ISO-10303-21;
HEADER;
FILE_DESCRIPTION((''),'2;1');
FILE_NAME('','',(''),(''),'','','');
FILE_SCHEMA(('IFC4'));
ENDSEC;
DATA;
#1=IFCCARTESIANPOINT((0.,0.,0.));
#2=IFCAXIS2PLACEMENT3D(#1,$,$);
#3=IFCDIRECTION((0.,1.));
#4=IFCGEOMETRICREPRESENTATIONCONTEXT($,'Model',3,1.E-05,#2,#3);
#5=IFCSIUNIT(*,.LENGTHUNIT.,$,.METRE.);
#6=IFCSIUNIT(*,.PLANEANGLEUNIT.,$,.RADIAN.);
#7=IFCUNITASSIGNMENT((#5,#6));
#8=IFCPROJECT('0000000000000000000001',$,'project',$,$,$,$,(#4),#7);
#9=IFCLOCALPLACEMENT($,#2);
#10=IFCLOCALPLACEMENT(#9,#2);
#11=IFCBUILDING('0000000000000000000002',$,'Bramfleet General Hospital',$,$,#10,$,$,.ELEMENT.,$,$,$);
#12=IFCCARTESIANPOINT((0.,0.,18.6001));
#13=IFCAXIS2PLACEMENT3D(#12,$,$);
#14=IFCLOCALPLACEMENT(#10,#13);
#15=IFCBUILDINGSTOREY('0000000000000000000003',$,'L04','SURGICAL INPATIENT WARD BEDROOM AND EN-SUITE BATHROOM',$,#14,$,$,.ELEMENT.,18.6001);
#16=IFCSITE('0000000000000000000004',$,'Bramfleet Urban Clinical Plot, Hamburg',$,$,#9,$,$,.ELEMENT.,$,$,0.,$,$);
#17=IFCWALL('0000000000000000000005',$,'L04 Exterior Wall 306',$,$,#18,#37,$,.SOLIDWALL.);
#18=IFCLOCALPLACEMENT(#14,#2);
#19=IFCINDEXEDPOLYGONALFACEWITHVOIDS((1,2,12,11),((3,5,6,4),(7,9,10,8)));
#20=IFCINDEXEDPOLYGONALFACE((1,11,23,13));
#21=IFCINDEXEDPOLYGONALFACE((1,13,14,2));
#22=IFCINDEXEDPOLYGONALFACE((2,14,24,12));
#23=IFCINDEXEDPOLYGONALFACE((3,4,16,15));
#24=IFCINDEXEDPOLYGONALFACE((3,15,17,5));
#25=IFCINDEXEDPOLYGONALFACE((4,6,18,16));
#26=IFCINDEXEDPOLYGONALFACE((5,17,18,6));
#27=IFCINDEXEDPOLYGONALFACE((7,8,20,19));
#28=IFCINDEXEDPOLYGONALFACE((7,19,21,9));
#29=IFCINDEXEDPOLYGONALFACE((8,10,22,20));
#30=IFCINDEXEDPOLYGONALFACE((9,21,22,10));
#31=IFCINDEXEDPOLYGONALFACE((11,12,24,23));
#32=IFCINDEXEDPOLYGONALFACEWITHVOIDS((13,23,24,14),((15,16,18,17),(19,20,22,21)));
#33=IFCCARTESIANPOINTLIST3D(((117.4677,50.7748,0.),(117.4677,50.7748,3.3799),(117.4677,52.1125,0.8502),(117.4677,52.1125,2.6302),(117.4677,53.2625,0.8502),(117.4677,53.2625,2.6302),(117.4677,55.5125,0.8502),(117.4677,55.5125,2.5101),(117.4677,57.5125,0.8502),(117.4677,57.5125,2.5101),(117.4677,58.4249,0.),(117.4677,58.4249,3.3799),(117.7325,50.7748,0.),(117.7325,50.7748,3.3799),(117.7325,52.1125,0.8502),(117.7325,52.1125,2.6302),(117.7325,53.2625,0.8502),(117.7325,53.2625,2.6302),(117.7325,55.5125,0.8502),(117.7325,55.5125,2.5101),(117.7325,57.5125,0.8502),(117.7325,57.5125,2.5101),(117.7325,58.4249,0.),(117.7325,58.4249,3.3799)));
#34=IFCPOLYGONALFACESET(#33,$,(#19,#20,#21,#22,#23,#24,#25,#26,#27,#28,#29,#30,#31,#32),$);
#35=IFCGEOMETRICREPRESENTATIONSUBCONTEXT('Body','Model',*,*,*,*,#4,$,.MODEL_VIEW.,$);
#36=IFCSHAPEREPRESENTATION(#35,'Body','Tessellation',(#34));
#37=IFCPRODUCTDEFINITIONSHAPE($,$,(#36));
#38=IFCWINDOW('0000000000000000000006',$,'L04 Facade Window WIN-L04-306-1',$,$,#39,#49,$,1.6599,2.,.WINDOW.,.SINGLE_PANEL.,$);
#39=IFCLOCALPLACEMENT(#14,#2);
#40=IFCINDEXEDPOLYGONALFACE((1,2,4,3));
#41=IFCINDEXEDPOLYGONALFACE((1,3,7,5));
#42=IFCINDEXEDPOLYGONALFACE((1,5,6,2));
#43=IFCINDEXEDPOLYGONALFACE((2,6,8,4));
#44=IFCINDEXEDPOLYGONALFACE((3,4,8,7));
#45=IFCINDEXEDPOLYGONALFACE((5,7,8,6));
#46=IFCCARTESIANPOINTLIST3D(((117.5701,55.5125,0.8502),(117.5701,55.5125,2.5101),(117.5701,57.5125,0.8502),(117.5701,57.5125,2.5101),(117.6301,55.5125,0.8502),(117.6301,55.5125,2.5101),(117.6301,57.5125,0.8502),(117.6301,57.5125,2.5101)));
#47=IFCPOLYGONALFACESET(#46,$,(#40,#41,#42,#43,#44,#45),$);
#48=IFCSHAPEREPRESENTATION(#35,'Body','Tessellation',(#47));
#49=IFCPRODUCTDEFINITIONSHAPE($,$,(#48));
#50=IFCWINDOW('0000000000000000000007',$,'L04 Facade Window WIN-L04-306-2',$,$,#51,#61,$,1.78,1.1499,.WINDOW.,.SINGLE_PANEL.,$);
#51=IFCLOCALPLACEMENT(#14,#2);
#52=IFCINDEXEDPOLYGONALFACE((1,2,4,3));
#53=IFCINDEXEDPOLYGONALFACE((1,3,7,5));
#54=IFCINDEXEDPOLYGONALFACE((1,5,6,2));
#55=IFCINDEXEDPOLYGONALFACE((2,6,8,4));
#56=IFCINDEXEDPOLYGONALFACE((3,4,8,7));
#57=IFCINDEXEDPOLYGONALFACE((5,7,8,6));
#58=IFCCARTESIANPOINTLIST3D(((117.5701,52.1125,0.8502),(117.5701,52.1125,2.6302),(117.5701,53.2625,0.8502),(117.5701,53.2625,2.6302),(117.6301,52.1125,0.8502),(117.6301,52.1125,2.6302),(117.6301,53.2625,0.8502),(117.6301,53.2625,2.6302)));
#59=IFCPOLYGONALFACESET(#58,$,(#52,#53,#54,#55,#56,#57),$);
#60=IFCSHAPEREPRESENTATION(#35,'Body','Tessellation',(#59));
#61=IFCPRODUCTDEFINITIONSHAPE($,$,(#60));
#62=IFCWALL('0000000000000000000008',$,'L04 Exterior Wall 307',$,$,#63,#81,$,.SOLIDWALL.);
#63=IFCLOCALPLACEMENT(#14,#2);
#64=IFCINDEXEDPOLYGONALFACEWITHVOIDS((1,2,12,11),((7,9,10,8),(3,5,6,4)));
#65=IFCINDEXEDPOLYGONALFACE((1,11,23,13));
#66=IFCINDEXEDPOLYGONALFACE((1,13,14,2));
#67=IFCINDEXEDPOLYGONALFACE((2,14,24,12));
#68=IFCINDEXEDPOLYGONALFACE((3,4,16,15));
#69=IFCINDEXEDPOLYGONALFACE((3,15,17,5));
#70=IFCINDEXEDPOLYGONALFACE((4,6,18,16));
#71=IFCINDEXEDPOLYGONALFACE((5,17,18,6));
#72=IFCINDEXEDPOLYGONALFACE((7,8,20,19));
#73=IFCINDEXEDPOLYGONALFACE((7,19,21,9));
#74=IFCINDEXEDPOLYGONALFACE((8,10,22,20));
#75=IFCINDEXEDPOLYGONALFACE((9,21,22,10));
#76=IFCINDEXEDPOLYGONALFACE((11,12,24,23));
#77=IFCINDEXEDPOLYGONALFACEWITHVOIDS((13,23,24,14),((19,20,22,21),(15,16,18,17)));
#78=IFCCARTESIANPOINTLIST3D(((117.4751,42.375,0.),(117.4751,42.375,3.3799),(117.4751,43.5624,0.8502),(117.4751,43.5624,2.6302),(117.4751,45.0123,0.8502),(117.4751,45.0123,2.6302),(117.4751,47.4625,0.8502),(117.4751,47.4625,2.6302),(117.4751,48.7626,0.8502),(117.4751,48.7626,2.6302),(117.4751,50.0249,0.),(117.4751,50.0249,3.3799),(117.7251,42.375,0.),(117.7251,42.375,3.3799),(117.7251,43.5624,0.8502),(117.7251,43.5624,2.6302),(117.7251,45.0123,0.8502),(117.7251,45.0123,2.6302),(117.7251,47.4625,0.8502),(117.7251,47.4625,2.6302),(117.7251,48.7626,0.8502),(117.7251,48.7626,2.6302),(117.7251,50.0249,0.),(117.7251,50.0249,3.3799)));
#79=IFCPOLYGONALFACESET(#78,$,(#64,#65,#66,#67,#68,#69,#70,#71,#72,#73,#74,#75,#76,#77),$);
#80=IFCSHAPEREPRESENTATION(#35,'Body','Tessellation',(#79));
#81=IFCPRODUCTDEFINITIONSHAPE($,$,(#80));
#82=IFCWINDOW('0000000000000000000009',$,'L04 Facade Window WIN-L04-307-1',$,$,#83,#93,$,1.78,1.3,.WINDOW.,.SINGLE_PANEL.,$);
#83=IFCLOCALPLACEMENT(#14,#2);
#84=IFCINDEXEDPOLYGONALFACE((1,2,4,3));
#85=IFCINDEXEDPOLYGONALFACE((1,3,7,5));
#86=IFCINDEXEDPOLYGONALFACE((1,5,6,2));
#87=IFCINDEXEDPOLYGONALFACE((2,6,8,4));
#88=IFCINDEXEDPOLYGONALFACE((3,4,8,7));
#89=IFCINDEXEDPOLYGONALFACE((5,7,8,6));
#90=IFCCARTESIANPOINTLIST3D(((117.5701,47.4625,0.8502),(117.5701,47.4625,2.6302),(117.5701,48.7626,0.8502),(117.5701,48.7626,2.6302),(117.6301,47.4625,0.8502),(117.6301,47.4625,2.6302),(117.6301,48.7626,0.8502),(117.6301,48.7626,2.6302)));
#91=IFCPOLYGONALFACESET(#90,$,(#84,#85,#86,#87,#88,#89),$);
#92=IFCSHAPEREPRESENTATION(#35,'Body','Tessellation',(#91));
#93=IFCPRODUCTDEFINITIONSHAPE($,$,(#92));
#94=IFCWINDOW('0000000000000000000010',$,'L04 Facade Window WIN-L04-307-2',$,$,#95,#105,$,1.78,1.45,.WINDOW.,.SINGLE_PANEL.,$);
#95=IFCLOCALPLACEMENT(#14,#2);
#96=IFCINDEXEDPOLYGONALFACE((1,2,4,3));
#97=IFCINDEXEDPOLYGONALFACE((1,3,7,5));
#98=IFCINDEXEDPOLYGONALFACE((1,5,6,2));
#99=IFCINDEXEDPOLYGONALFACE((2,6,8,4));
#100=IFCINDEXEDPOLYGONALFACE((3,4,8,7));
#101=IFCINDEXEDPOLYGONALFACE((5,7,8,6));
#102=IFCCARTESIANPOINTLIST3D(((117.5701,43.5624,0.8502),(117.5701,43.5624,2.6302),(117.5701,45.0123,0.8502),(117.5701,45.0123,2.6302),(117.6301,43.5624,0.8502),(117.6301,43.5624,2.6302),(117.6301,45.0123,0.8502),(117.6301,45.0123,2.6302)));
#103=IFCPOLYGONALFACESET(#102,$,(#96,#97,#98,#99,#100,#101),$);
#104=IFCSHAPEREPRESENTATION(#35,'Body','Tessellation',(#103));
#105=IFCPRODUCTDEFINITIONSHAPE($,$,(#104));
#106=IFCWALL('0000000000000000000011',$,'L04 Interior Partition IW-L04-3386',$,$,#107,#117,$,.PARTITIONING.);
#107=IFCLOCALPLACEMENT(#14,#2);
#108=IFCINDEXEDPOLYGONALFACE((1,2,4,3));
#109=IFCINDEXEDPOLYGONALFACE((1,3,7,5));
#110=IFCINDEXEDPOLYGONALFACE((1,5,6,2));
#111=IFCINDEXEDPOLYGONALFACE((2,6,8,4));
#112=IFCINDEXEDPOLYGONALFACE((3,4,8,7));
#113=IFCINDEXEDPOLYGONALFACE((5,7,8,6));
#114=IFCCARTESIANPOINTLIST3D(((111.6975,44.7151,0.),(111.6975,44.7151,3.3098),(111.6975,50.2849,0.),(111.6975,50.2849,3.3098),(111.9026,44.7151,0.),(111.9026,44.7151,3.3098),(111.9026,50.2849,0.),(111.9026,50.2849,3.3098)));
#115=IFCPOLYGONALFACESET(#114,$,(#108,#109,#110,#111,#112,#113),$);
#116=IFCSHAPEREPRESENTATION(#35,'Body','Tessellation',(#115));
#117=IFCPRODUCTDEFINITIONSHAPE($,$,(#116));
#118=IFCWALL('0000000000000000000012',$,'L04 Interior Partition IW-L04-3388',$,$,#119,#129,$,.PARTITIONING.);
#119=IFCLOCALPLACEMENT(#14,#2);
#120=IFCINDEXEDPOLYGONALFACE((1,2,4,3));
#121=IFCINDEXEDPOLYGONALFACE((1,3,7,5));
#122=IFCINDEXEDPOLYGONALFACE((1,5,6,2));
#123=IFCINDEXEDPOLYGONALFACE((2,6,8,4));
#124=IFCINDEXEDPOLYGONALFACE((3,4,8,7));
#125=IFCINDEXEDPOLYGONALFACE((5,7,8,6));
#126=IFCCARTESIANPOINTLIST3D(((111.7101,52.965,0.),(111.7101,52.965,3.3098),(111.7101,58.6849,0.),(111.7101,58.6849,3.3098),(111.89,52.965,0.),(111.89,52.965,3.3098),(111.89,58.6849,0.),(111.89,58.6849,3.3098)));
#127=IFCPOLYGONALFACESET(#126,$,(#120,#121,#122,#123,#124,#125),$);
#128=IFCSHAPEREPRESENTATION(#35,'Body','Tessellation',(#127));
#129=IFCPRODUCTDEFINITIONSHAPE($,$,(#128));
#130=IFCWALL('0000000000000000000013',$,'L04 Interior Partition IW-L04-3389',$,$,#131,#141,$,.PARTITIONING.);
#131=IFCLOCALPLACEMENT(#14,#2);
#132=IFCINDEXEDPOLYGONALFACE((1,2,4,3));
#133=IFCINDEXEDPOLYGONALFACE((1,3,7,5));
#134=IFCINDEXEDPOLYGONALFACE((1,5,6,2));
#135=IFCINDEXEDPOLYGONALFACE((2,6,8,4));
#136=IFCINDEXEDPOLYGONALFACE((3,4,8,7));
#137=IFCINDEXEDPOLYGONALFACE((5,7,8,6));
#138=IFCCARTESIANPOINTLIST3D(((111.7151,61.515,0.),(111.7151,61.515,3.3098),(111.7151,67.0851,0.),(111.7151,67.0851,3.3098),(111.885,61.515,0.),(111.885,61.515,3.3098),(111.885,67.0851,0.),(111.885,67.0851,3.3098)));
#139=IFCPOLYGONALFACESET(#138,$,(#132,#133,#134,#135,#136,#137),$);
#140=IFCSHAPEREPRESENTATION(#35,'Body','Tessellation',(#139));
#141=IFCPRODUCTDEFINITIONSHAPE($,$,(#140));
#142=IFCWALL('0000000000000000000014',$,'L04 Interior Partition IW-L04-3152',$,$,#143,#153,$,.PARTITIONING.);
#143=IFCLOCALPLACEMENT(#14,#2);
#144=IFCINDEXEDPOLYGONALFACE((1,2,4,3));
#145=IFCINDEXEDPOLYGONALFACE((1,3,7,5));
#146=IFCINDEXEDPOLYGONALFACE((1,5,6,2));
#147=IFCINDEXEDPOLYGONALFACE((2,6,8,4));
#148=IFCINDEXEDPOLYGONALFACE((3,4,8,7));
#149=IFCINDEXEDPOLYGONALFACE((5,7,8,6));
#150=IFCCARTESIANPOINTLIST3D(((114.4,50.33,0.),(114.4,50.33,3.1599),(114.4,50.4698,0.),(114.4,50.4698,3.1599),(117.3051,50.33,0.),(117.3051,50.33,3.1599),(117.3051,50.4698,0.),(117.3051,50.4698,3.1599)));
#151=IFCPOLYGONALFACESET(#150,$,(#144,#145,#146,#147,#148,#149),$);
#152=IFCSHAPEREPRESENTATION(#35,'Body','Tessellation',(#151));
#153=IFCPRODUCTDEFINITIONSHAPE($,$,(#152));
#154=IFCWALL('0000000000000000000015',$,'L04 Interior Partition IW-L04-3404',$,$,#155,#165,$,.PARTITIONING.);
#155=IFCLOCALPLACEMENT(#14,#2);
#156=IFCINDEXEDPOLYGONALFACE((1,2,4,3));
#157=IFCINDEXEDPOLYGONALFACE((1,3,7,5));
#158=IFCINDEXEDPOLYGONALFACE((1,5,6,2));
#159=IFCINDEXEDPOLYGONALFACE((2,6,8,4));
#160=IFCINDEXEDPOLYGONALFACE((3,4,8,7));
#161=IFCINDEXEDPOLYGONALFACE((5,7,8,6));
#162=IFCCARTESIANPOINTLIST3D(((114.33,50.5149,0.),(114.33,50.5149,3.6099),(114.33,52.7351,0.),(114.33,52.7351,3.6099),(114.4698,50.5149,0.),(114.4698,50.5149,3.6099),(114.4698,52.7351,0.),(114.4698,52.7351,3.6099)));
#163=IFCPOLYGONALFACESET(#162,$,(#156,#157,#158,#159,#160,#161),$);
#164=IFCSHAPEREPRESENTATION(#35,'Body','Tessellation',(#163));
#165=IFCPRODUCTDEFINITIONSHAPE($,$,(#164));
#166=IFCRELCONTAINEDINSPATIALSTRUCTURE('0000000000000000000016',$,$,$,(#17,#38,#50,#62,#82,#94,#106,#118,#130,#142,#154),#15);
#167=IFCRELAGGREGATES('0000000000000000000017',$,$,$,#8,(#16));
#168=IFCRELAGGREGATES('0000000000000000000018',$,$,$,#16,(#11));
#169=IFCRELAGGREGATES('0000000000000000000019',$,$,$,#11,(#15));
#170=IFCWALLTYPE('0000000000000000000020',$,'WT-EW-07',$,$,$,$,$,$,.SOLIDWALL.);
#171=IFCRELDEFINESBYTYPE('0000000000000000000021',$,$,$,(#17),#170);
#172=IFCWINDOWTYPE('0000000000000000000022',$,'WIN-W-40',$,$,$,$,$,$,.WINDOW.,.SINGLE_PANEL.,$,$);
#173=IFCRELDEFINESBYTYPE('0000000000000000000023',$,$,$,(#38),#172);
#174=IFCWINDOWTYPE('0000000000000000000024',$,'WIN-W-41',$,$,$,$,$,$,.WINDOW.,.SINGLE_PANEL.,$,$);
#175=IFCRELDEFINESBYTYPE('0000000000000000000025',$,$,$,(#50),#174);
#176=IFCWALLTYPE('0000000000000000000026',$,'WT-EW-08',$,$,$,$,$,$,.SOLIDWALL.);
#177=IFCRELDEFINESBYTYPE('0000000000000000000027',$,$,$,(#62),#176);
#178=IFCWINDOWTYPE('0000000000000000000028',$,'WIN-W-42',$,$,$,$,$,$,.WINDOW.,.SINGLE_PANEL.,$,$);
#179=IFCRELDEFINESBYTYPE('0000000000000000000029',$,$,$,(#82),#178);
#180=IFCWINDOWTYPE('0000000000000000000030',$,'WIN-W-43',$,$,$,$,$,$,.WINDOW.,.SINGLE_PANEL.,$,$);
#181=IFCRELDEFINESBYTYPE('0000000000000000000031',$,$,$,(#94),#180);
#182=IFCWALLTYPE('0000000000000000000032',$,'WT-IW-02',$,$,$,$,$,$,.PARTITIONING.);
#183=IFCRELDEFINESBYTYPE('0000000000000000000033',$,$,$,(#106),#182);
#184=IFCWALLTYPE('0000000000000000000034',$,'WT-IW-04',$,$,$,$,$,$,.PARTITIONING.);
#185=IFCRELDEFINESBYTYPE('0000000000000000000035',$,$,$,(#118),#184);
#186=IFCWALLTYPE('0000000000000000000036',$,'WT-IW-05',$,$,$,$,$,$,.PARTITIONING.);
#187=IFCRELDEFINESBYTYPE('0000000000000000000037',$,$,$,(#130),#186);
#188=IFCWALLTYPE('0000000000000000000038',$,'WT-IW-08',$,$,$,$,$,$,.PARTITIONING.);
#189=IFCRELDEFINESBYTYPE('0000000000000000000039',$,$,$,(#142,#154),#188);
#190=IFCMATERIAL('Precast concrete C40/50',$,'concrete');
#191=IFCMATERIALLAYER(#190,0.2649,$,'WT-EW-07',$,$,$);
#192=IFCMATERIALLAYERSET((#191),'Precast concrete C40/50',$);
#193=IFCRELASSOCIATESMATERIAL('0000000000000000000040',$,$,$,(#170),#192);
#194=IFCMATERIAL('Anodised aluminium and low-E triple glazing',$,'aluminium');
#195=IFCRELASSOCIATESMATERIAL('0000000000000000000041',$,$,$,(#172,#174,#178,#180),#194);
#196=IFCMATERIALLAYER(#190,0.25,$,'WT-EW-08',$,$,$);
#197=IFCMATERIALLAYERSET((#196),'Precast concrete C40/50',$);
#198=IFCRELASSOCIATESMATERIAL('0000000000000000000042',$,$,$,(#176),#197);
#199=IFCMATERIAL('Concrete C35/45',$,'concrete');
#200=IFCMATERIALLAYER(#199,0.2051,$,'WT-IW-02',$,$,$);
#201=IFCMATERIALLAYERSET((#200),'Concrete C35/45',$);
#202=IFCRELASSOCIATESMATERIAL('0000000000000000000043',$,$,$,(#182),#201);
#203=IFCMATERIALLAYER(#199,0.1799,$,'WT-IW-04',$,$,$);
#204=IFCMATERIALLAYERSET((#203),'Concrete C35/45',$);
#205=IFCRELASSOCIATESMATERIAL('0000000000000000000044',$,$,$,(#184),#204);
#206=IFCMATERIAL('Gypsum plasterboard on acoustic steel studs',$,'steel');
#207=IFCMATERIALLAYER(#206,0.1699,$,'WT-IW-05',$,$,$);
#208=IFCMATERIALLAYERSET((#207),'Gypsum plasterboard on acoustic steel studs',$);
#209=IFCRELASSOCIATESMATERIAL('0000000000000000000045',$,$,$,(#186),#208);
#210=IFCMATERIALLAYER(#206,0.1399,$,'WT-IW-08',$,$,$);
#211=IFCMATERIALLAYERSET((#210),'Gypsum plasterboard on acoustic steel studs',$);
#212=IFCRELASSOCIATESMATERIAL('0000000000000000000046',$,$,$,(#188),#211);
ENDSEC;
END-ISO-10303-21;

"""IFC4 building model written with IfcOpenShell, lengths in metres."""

from ifc_helpers import new_model, si_unit, direction, frame, frame_2d, origin, place, context, subcontext, project, spatial, rectangle, extrude, material, layer, layer_set, type_object, element, fill, save


model = new_model("IFC4")

# Units and contexts
model_context = context("Model", 3, precision=1e-05, world=origin(), true_north=direction((0.0, 1.0)))
body_context = subcontext(model_context, "Body", "Model", "MODEL_VIEW")
ifc_project = project(units=[si_unit("LENGTHUNIT", "METRE"), si_unit("PLANEANGLEUNIT", "RADIAN")], contexts=[model_context])

# Site, building, storey
site_placement = place(None, origin())
site = spatial("IfcSite", under=ifc_project, at=site_placement, Name="Bramfleet Urban Clinical Plot, Hamburg", CompositionType="ELEMENT", RefElevation=0.0)
building_placement = place(site_placement, origin())
building = spatial("IfcBuilding", under=site, at=building_placement, Name="Bramfleet General Hospital", CompositionType="ELEMENT")
storey_placement = place(building_placement, frame((0.0, 0.0, 18.6001)))
storey = spatial("IfcBuildingStorey", under=building, at=storey_placement, Name="L04", Description="SURGICAL INPATIENT WARD BEDROOM AND EN-SUITE BATHROOM", CompositionType="ELEMENT", Elevation=18.6001)

# Walls, openings, windows
ifc_material_1 = material(Name="Precast concrete C40/50", Category="concrete")
ifc_layer_1 = layer(ifc_material_1, 0.2649, Name="WT-EW-07")
ifc_layer_set_1 = layer_set([ifc_layer_1], Name="Precast concrete C40/50")
wall_type_1 = type_object("IfcWallType", Name="WT-EW-07", PredefinedType="SOLIDWALL", material=ifc_layer_set_1)
wall_1_placement = place(storey_placement, frame((117.6001, 58.425, 0.0), z_axis=(0.0, 0.0, 1.0), x_axis=(0.0, -1.0, 0.0)))
wall_1 = element("IfcWall", 1, at=wall_1_placement, inside=storey, type_object=wall_type_1, Name="L04 Exterior Wall 306", PredefinedType="SOLIDWALL", context=body_context, shape_type="SweptSolid", body=[
    extrude(rectangle(XDim=7.6501, YDim=0.2649, at=frame_2d((3.8252, 0.0))), origin(), (0.0, 0.0, 1.0), 3.3799),
])
opening_1_placement = place(wall_1_placement, frame((0.9126, 0.0, 0.8501)))
opening_1 = element("IfcOpeningElement", 2, at=opening_1_placement, cuts=wall_1, PredefinedType="OPENING", context=body_context, shape_type="SweptSolid", body=[
    extrude(rectangle(XDim=2.0, YDim=1.6599, at=frame_2d((1.0, 0.8301))), frame((0.0, 0.1423, 0.0), z_axis=(0.0, -1.0, 0.0), x_axis=(1.0, 0.0, 0.0)), (0.0, 0.0, 1.0), 0.2849),
])
opening_2_placement = place(wall_1_placement, frame((5.1626, 0.0, 0.8501)))
opening_2 = element("IfcOpeningElement", 3, at=opening_2_placement, cuts=wall_1, PredefinedType="OPENING", context=body_context, shape_type="SweptSolid", body=[
    extrude(rectangle(XDim=1.1499, YDim=1.78, at=frame_2d((0.575, 0.8901))), frame((0.0, 0.1423, 0.0), z_axis=(0.0, -1.0, 0.0), x_axis=(1.0, 0.0, 0.0)), (0.0, 0.0, 1.0), 0.2849),
])
ifc_material_2 = material(Name="Anodised aluminium and low-E triple glazing", Category="aluminium")
window_type_1 = type_object("IfcWindowType", Name="WIN-W-40", PartitioningType="SINGLE_PANEL", PredefinedType="WINDOW", material=ifc_material_2)
window_1_placement = place(opening_1_placement, origin())
window_1 = element("IfcWindow", 4, at=window_1_placement, inside=storey, type_object=window_type_1, Name="L04 Facade Window WIN-L04-306-1", OverallHeight=1.6599, OverallWidth=2.0, PartitioningType="SINGLE_PANEL", PredefinedType="WINDOW", context=body_context, shape_type="SweptSolid", body=[
    extrude(rectangle(XDim=2.0, YDim=1.6599, at=frame_2d((1.0, 0.8301))), frame((0.0, 0.03, 0.0), z_axis=(0.0, -1.0, 0.0), x_axis=(1.0, 0.0, 0.0)), (0.0, 0.0, 1.0), 0.0601),
])
fill(opening_1, window_1)
window_type_2 = type_object("IfcWindowType", Name="WIN-W-41", PartitioningType="SINGLE_PANEL", PredefinedType="WINDOW", material=ifc_material_2)
window_2_placement = place(opening_2_placement, origin())
window_2 = element("IfcWindow", 5, at=window_2_placement, inside=storey, type_object=window_type_2, Name="L04 Facade Window WIN-L04-306-2", OverallHeight=1.78, OverallWidth=1.1499, PartitioningType="SINGLE_PANEL", PredefinedType="WINDOW", context=body_context, shape_type="SweptSolid", body=[
    extrude(rectangle(XDim=1.1499, YDim=1.78, at=frame_2d((0.575, 0.8901))), frame((0.0, 0.03, 0.0), z_axis=(0.0, -1.0, 0.0), x_axis=(1.0, 0.0, 0.0)), (0.0, 0.0, 1.0), 0.0601),
])
fill(opening_2, window_2)
ifc_layer_2 = layer(ifc_material_1, 0.25, Name="WT-EW-08")
ifc_layer_set_2 = layer_set([ifc_layer_2], Name="Precast concrete C40/50")
wall_type_2 = type_object("IfcWallType", Name="WT-EW-08", PredefinedType="SOLIDWALL", material=ifc_layer_set_2)
wall_2_placement = place(storey_placement, frame((117.6001, 50.0249, 0.0), z_axis=(0.0, 0.0, 1.0), x_axis=(0.0, -1.0, 0.0)))
wall_2 = element("IfcWall", 6, at=wall_2_placement, inside=storey, type_object=wall_type_2, Name="L04 Exterior Wall 307", PredefinedType="SOLIDWALL", context=body_context, shape_type="SweptSolid", body=[
    extrude(rectangle(XDim=7.6499, YDim=0.25, at=frame_2d((3.825, 0.0))), origin(), (0.0, 0.0, 1.0), 3.3799),
])
opening_3_placement = place(wall_2_placement, frame((1.2625, 0.0, 0.8501)))
opening_3 = element("IfcOpeningElement", 7, at=opening_3_placement, cuts=wall_2, PredefinedType="OPENING", context=body_context, shape_type="SweptSolid", body=[
    extrude(rectangle(XDim=1.3, YDim=1.78, at=frame_2d((0.6499, 0.8901))), frame((0.0, 0.135, 0.0), z_axis=(0.0, -1.0, 0.0), x_axis=(1.0, 0.0, 0.0)), (0.0, 0.0, 1.0), 0.27),
])
opening_4_placement = place(wall_2_placement, frame((5.0125, 0.0, 0.8501)))
opening_4 = element("IfcOpeningElement", 8, at=opening_4_placement, cuts=wall_2, PredefinedType="OPENING", context=body_context, shape_type="SweptSolid", body=[
    extrude(rectangle(XDim=1.45, YDim=1.78, at=frame_2d((0.7251, 0.8901))), frame((0.0, 0.135, 0.0), z_axis=(0.0, -1.0, 0.0), x_axis=(1.0, 0.0, 0.0)), (0.0, 0.0, 1.0), 0.27),
])
window_type_3 = type_object("IfcWindowType", Name="WIN-W-42", PartitioningType="SINGLE_PANEL", PredefinedType="WINDOW", material=ifc_material_2)
window_3_placement = place(opening_3_placement, origin())
window_3 = element("IfcWindow", 9, at=window_3_placement, inside=storey, type_object=window_type_3, Name="L04 Facade Window WIN-L04-307-1", OverallHeight=1.78, OverallWidth=1.3, PartitioningType="SINGLE_PANEL", PredefinedType="WINDOW", context=body_context, shape_type="SweptSolid", body=[
    extrude(rectangle(XDim=1.3, YDim=1.78, at=frame_2d((0.6499, 0.8901))), frame((0.0, 0.03, 0.0), z_axis=(0.0, -1.0, 0.0), x_axis=(1.0, 0.0, 0.0)), (0.0, 0.0, 1.0), 0.0601),
])
fill(opening_3, window_3)
window_type_4 = type_object("IfcWindowType", Name="WIN-W-43", PartitioningType="SINGLE_PANEL", PredefinedType="WINDOW", material=ifc_material_2)
window_4_placement = place(opening_4_placement, origin())
window_4 = element("IfcWindow", 10, at=window_4_placement, inside=storey, type_object=window_type_4, Name="L04 Facade Window WIN-L04-307-2", OverallHeight=1.78, OverallWidth=1.45, PartitioningType="SINGLE_PANEL", PredefinedType="WINDOW", context=body_context, shape_type="SweptSolid", body=[
    extrude(rectangle(XDim=1.45, YDim=1.78, at=frame_2d((0.7251, 0.8901))), frame((0.0, 0.03, 0.0), z_axis=(0.0, -1.0, 0.0), x_axis=(1.0, 0.0, 0.0)), (0.0, 0.0, 1.0), 0.0601),
])
fill(opening_4, window_4)

# Walls
ifc_material_3 = material(Name="Concrete C35/45", Category="concrete")
ifc_layer_3 = layer(ifc_material_3, 0.2051, Name="WT-IW-02")
ifc_layer_set_3 = layer_set([ifc_layer_3], Name="Concrete C35/45")
wall_type_3 = type_object("IfcWallType", Name="WT-IW-02", PredefinedType="PARTITIONING", material=ifc_layer_set_3)
wall_3_placement = place(storey_placement, frame((111.8, 44.7151, 0.0), z_axis=(0.0, 0.0, 1.0), x_axis=(0.0, 1.0, 0.0)))
element("IfcWall", 11, at=wall_3_placement, inside=storey, type_object=wall_type_3, Name="L04 Interior Partition IW-L04-3386", PredefinedType="PARTITIONING", context=body_context, shape_type="SweptSolid", body=[
    extrude(rectangle(XDim=5.5698, YDim=0.2051, at=frame_2d((2.7849, 0.0))), origin(), (0.0, 0.0, 1.0), 3.3098),
])
ifc_layer_4 = layer(ifc_material_3, 0.1799, Name="WT-IW-04")
ifc_layer_set_4 = layer_set([ifc_layer_4], Name="Concrete C35/45")
wall_type_4 = type_object("IfcWallType", Name="WT-IW-04", PredefinedType="PARTITIONING", material=ifc_layer_set_4)
wall_4_placement = place(storey_placement, frame((111.8, 52.9651, 0.0), z_axis=(0.0, 0.0, 1.0), x_axis=(0.0, 1.0, 0.0)))
element("IfcWall", 12, at=wall_4_placement, inside=storey, type_object=wall_type_4, Name="L04 Interior Partition IW-L04-3388", PredefinedType="PARTITIONING", context=body_context, shape_type="SweptSolid", body=[
    extrude(rectangle(XDim=5.72, YDim=0.1799, at=frame_2d((2.8599, 0.0))), origin(), (0.0, 0.0, 1.0), 3.3098),
])
ifc_material_4 = material(Name="Gypsum plasterboard on acoustic steel studs", Category="steel")
ifc_layer_5 = layer(ifc_material_4, 0.1699, Name="WT-IW-05")
ifc_layer_set_5 = layer_set([ifc_layer_5], Name="Gypsum plasterboard on acoustic steel studs")
wall_type_5 = type_object("IfcWallType", Name="WT-IW-05", PredefinedType="PARTITIONING", material=ifc_layer_set_5)
wall_5_placement = place(storey_placement, frame((111.8, 61.5149, 0.0), z_axis=(0.0, 0.0, 1.0), x_axis=(0.0, 1.0, 0.0)))
element("IfcWall", 13, at=wall_5_placement, inside=storey, type_object=wall_type_5, Name="L04 Interior Partition IW-L04-3389", PredefinedType="PARTITIONING", context=body_context, shape_type="SweptSolid", body=[
    extrude(rectangle(XDim=5.5701, YDim=0.1699, at=frame_2d((2.7852, 0.0))), origin(), (0.0, 0.0, 1.0), 3.3098),
])
ifc_layer_6 = layer(ifc_material_4, 0.1399, Name="WT-IW-08")
ifc_layer_set_6 = layer_set([ifc_layer_6], Name="Gypsum plasterboard on acoustic steel studs")
wall_type_6 = type_object("IfcWallType", Name="WT-IW-08", PredefinedType="PARTITIONING", material=ifc_layer_set_6)
wall_6_placement = place(storey_placement, frame((114.3999, 50.3999, 0.0), z_axis=(0.0, 0.0, 1.0), x_axis=(1.0, 0.0, 0.0)))
element("IfcWall", 14, at=wall_6_placement, inside=storey, type_object=wall_type_6, Name="L04 Interior Partition IW-L04-3152", PredefinedType="PARTITIONING", context=body_context, shape_type="SweptSolid", body=[
    extrude(rectangle(XDim=2.905, YDim=0.1399, at=frame_2d((1.4526, 0.0))), origin(), (0.0, 0.0, 1.0), 3.1599),
])
wall_7_placement = place(storey_placement, frame((114.3999, 50.5149, 0.0), z_axis=(0.0, 0.0, 1.0), x_axis=(0.0, 1.0, 0.0)))
element("IfcWall", 15, at=wall_7_placement, inside=storey, type_object=wall_type_6, Name="L04 Interior Partition IW-L04-3404", PredefinedType="PARTITIONING", context=body_context, shape_type="SweptSolid", body=[
    extrude(rectangle(XDim=2.2202, YDim=0.1399, at=frame_2d((1.1101, 0.0))), origin(), (0.0, 0.0, 1.0), 3.6099),
])

save(model, "model.ifc")
